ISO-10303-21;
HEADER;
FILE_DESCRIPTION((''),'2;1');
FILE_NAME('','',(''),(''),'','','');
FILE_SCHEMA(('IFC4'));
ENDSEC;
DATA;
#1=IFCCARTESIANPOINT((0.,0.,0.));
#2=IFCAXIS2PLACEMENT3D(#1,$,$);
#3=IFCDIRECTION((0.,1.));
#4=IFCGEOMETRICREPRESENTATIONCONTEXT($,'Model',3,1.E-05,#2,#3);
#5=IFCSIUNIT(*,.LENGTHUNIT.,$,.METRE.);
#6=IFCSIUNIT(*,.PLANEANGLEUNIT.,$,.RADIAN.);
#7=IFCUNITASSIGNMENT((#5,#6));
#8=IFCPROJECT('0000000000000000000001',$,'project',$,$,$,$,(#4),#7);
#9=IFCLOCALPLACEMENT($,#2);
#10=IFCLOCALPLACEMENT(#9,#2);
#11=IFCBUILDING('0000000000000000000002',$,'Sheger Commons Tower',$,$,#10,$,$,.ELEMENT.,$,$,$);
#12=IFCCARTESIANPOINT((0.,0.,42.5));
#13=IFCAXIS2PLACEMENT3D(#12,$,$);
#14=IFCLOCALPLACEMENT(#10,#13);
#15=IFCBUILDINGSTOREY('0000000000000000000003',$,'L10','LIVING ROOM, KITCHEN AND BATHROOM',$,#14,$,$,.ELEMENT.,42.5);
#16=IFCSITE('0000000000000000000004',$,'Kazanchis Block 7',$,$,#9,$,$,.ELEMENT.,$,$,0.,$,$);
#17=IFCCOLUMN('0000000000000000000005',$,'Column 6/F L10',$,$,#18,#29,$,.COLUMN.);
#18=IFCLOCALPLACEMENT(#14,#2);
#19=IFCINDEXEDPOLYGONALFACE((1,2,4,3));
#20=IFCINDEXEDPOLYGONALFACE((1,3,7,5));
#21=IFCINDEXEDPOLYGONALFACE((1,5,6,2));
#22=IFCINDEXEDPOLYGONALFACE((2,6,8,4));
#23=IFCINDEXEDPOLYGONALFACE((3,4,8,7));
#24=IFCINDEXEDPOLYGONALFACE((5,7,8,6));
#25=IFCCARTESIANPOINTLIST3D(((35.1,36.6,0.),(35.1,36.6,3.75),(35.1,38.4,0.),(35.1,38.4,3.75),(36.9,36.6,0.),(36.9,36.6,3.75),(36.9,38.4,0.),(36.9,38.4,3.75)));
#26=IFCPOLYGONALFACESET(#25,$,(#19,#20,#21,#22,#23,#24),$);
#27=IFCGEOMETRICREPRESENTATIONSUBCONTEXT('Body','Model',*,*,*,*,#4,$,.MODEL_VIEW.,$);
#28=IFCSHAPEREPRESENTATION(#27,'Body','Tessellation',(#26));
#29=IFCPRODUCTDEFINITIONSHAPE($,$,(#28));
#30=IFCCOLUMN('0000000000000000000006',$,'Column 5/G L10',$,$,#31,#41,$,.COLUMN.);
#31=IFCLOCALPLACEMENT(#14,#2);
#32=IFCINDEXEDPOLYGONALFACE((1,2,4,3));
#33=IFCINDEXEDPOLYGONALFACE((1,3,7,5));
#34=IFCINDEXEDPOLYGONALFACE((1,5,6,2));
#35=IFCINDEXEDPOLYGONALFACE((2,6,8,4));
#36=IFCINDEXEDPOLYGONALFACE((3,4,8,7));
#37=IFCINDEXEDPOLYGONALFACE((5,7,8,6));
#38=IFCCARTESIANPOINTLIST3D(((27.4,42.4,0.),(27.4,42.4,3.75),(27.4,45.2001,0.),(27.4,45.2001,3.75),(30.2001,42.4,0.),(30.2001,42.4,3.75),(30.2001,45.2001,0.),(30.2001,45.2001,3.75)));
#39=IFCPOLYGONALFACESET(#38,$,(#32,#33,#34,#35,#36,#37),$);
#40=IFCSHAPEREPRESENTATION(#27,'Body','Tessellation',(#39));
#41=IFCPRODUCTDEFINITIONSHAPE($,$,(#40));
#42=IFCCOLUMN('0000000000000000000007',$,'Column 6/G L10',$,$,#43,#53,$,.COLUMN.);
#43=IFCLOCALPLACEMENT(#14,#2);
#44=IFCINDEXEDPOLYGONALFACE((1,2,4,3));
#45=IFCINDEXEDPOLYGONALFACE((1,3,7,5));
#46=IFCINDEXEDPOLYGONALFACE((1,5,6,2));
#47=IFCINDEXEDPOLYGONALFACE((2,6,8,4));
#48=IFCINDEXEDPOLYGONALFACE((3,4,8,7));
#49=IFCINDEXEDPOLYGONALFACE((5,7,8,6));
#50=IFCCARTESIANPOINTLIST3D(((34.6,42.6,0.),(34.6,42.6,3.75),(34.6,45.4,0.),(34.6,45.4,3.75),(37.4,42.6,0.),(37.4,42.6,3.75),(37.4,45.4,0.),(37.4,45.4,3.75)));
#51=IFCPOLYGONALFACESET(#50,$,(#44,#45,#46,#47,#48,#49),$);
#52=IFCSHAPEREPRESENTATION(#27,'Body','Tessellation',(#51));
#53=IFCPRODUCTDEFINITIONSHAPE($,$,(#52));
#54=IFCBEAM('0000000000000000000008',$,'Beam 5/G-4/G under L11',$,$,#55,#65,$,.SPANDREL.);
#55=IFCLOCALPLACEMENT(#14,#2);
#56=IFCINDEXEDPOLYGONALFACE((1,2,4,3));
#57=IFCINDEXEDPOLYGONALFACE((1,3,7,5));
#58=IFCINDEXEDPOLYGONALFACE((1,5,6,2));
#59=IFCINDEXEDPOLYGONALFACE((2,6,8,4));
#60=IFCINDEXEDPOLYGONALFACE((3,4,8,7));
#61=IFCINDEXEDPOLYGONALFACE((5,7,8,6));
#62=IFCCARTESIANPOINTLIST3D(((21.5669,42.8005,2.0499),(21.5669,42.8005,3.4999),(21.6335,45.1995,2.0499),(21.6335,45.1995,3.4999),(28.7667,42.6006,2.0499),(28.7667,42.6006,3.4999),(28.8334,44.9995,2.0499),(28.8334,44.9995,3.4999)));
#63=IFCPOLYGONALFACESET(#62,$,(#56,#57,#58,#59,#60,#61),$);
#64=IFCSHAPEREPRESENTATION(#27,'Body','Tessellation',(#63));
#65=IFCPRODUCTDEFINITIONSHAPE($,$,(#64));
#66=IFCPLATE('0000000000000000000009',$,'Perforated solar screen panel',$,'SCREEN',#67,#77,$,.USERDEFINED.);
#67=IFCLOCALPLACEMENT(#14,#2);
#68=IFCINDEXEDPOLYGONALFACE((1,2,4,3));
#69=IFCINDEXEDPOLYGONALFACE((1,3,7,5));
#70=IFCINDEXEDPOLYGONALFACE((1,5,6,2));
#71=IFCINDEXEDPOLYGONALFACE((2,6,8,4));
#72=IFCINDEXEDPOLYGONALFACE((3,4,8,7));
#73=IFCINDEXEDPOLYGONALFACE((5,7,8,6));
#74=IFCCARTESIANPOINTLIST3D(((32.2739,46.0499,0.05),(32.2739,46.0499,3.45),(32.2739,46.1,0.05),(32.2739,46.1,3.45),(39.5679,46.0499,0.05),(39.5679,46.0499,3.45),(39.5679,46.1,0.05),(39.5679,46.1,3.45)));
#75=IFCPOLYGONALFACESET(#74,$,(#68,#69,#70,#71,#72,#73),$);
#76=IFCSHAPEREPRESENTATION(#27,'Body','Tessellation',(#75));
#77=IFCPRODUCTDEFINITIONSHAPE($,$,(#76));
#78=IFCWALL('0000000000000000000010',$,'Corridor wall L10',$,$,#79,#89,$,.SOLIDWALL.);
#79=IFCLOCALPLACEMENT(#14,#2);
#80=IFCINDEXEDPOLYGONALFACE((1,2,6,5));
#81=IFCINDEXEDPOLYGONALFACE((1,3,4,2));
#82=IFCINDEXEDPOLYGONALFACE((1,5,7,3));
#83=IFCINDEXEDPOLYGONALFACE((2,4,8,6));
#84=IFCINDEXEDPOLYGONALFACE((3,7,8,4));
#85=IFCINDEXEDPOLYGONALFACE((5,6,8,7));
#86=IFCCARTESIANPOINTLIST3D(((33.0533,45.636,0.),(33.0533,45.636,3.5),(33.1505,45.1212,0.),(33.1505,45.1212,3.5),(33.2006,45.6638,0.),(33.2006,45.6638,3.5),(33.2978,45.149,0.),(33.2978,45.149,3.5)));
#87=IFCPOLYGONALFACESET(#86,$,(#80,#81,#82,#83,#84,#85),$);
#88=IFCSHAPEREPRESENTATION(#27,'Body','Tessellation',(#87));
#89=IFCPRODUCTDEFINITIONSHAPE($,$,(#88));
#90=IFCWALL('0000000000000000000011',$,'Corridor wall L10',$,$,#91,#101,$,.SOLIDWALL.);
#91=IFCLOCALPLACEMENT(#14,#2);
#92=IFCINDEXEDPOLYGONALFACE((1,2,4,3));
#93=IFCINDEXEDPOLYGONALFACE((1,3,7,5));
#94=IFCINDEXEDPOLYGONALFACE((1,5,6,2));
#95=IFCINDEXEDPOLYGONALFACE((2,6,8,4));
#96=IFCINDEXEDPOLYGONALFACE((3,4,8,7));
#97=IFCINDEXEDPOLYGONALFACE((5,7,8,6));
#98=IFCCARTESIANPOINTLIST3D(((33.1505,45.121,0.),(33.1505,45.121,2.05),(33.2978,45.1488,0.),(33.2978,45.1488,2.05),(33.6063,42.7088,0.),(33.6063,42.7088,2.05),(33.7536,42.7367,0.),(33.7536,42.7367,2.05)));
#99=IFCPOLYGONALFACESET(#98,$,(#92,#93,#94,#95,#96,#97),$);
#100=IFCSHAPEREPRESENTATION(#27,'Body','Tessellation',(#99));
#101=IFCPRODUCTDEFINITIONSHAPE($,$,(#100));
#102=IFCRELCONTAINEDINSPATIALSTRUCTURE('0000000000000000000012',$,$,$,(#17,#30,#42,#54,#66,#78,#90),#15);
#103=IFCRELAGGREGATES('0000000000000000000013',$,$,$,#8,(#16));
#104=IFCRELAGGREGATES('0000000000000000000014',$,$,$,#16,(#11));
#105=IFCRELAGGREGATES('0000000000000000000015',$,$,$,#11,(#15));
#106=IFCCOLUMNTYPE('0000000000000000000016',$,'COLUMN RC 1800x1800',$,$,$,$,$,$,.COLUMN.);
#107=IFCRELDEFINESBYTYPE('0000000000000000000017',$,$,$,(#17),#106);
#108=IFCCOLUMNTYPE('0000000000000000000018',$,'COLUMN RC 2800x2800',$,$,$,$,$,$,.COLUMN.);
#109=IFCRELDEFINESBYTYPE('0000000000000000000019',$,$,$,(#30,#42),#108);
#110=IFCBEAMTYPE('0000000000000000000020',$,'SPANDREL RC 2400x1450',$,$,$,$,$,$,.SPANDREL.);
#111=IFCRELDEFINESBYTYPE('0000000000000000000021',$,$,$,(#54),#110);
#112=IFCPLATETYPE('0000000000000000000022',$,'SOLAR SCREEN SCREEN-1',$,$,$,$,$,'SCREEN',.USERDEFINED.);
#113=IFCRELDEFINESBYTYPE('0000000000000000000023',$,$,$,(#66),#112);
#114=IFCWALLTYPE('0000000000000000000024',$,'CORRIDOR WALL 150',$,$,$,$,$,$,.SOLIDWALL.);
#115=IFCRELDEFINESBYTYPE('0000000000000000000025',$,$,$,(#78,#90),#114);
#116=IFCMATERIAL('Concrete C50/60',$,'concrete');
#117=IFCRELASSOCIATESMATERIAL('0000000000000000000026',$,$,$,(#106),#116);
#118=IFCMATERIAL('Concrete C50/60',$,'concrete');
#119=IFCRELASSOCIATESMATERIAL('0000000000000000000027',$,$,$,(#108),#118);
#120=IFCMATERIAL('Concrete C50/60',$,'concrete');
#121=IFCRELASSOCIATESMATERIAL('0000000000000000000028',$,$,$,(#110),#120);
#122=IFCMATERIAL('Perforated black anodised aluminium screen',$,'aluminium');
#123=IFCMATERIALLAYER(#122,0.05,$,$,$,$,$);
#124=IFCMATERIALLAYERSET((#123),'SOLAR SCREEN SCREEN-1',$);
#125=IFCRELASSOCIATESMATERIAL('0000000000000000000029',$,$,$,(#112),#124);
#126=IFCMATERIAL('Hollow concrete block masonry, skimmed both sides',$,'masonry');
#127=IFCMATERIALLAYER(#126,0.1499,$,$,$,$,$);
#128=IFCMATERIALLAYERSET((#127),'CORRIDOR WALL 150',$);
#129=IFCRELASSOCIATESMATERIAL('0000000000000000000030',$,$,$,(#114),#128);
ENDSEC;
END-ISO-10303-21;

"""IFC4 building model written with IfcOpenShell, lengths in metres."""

from ifc_helpers import new_model, si_unit, direction, frame, frame_2d, origin, origin_2d, place, context, subcontext, project, spatial, rectangle, extrude, material, layer, layer_set, material_profile, profile_set, type_object, element, save


model = new_model("IFC4")

# Units and contexts
model_context = context("Model", 3, precision=1e-05, world=origin(), true_north=direction((0.0, 1.0)))
body_context = subcontext(model_context, "Body", "Model", "MODEL_VIEW")
ifc_project = project(units=[si_unit("LENGTHUNIT", "METRE"), si_unit("PLANEANGLEUNIT", "RADIAN")], contexts=[model_context])

# Site, building, storey
site_placement = place(None, origin())
site = spatial("IfcSite", under=ifc_project, at=site_placement, Name="Kazanchis Block 7", CompositionType="ELEMENT", RefElevation=0.0)
building_placement = place(site_placement, origin())
building = spatial("IfcBuilding", under=site, at=building_placement, Name="Sheger Commons Tower", CompositionType="ELEMENT")
storey_placement = place(building_placement, frame((0.0, 0.0, 42.5)))
storey = spatial("IfcBuildingStorey", under=building, at=storey_placement, Name="L10", Description="LIVING ROOM, KITCHEN AND BATHROOM", CompositionType="ELEMENT", Elevation=42.5)

# Columns
ifc_material_1 = material(Name="Concrete C50/60", Category="concrete")
ifc_material_profile_1 = material_profile(ifc_material_1, rectangle(XDim=1.8, YDim=1.8, at=origin_2d()), Name="RC 1800x1800")
ifc_profile_set_1 = profile_set([ifc_material_profile_1], Name="Concrete C50/60")
column_type_1 = type_object("IfcColumnType", Name="COLUMN RC 1800x1800", PredefinedType="COLUMN", material=ifc_profile_set_1)
column_placement = place(storey_placement, frame((36.0, 37.5, 0.0), z_axis=(0.0, 0.0, 1.0), x_axis=(1.0, 0.0, 0.0)))
element("IfcColumn", 1, at=column_placement, inside=storey, type_object=column_type_1, Name="Column 6/F L10", PredefinedType="COLUMN", context=body_context, shape_type="SweptSolid", body=[
    extrude(rectangle(XDim=1.8, YDim=1.8, at=origin_2d()), origin(), (0.0, 0.0, 1.0), 3.75),
])
ifc_material_2 = material(Name="Concrete C50/60", Category="concrete")
ifc_material_profile_2 = material_profile(ifc_material_2, rectangle(XDim=2.8, YDim=2.8, at=origin_2d()), Name="RC 2800x2800")
ifc_profile_set_2 = profile_set([ifc_material_profile_2], Name="Concrete C50/60")
column_type_2 = type_object("IfcColumnType", Name="COLUMN RC 2800x2800", PredefinedType="COLUMN", material=ifc_profile_set_2)
for number, where, z_axis, x_axis, name in (
    (2, (28.8, 43.8, 0.0), (0.0, 0.0, 1.0), (1.0, 0.0, 0.0), "Column 5/G L10"),
    (3, (36.0, 44.0, 0.0), (0.0, 0.0, 1.0), (1.0, 0.0, 0.0), "Column 6/G L10"),
):
    element("IfcColumn", number, at=place(storey_placement, frame(where, z_axis=z_axis, x_axis=x_axis)), inside=storey, type_object=column_type_2, Name=name, PredefinedType="COLUMN", context=body_context, shape_type="SweptSolid", body=[
        extrude(rectangle(XDim=2.8, YDim=2.8, at=origin_2d()), origin(), (0.0, 0.0, 1.0), 3.75),
    ])

# Beam
ifc_material_3 = material(Name="Concrete C50/60", Category="concrete")
ifc_material_profile_3 = material_profile(ifc_material_3, rectangle(XDim=2.3999, YDim=1.45, at=origin_2d()), Name="RC 2400x1450")
ifc_profile_set_3 = profile_set([ifc_material_profile_3], Name="Concrete C50/60")
beam_type = type_object("IfcBeamType", Name="SPANDREL RC 2400x1450", PredefinedType="SPANDREL", material=ifc_profile_set_3)
beam_placement = place(storey_placement, frame((28.8, 43.8, 2.7749), z_axis=(-0.999615, 0.02776, 0.0), x_axis=(-0.02776, -0.999615, 0.0)))
element("IfcBeam", 4, at=beam_placement, inside=storey, type_object=beam_type, Name="Beam 5/G-4/G under L11", PredefinedType="SPANDREL", context=body_context, shape_type="SweptSolid", body=[
    extrude(rectangle(XDim=2.3999, YDim=1.45, at=origin_2d()), origin(), (0.0, 0.0, 1.0), 7.2026),
])

# Plate
ifc_material_4 = material(Name="Perforated black anodised aluminium screen", Category="aluminium")
ifc_layer_1 = layer(ifc_material_4, 0.05)
ifc_layer_set_1 = layer_set([ifc_layer_1], Name="SOLAR SCREEN SCREEN-1")
plate_type = type_object("IfcPlateType", Name="SOLAR SCREEN SCREEN-1", ElementType="SCREEN", PredefinedType="USERDEFINED", material=ifc_layer_set_1)
plate_placement = place(storey_placement, frame((35.9209, 46.075, 0.05), z_axis=(0.0, 0.0, 1.0), x_axis=(-1.0, 0.0, 0.0)))
element("IfcPlate", 5, at=plate_placement, inside=storey, type_object=plate_type, Name="Perforated solar screen panel", ObjectType="SCREEN", PredefinedType="USERDEFINED", context=body_context, shape_type="SweptSolid", body=[
    extrude(rectangle(XDim=7.2939, YDim=0.05, at=origin_2d()), origin(), (0.0, 0.0, 1.0), 3.3999),
])

# Walls
ifc_material_5 = material(Name="Hollow concrete block masonry, skimmed both sides", Category="masonry")
ifc_layer_2 = layer(ifc_material_5, 0.1499)
ifc_layer_set_2 = layer_set([ifc_layer_2], Name="CORRIDOR WALL 150")
wall_type_1 = type_object("IfcWallType", Name="CORRIDOR WALL 150", PredefinedType="SOLIDWALL", material=ifc_layer_set_2)
wall_1_placement = place(storey_placement, frame((33.127, 45.6499, 0.0), z_axis=(0.0, 0.0, 1.0), x_axis=(0.185442, -0.982655, 0.0)))
element("IfcWall", 6, at=wall_1_placement, inside=storey, type_object=wall_type_1, Name="Corridor wall L10", PredefinedType="SOLIDWALL", context=body_context, shape_type="SweptSolid", body=[
    extrude(rectangle(XDim=0.5239, YDim=0.1499, at=frame_2d((0.262, 0.0))), origin(), (0.0, 0.0, 1.0), 3.5),
])
wall_2_placement = place(storey_placement, frame((33.2241, 45.135, 0.0), z_axis=(0.0, 0.0, 1.0), x_axis=(0.185681, -0.98261, 0.0)))
element("IfcWall", 7, at=wall_2_placement, inside=storey, type_object=wall_type_1, Name="Corridor wall L10", PredefinedType="SOLIDWALL", context=body_context, shape_type="SweptSolid", body=[
    extrude(rectangle(XDim=2.4548, YDim=0.1499, at=frame_2d((1.2275, 0.0))), origin(), (0.0, 0.0, 1.0), 2.05),
])

save(model, "model.ifc")
